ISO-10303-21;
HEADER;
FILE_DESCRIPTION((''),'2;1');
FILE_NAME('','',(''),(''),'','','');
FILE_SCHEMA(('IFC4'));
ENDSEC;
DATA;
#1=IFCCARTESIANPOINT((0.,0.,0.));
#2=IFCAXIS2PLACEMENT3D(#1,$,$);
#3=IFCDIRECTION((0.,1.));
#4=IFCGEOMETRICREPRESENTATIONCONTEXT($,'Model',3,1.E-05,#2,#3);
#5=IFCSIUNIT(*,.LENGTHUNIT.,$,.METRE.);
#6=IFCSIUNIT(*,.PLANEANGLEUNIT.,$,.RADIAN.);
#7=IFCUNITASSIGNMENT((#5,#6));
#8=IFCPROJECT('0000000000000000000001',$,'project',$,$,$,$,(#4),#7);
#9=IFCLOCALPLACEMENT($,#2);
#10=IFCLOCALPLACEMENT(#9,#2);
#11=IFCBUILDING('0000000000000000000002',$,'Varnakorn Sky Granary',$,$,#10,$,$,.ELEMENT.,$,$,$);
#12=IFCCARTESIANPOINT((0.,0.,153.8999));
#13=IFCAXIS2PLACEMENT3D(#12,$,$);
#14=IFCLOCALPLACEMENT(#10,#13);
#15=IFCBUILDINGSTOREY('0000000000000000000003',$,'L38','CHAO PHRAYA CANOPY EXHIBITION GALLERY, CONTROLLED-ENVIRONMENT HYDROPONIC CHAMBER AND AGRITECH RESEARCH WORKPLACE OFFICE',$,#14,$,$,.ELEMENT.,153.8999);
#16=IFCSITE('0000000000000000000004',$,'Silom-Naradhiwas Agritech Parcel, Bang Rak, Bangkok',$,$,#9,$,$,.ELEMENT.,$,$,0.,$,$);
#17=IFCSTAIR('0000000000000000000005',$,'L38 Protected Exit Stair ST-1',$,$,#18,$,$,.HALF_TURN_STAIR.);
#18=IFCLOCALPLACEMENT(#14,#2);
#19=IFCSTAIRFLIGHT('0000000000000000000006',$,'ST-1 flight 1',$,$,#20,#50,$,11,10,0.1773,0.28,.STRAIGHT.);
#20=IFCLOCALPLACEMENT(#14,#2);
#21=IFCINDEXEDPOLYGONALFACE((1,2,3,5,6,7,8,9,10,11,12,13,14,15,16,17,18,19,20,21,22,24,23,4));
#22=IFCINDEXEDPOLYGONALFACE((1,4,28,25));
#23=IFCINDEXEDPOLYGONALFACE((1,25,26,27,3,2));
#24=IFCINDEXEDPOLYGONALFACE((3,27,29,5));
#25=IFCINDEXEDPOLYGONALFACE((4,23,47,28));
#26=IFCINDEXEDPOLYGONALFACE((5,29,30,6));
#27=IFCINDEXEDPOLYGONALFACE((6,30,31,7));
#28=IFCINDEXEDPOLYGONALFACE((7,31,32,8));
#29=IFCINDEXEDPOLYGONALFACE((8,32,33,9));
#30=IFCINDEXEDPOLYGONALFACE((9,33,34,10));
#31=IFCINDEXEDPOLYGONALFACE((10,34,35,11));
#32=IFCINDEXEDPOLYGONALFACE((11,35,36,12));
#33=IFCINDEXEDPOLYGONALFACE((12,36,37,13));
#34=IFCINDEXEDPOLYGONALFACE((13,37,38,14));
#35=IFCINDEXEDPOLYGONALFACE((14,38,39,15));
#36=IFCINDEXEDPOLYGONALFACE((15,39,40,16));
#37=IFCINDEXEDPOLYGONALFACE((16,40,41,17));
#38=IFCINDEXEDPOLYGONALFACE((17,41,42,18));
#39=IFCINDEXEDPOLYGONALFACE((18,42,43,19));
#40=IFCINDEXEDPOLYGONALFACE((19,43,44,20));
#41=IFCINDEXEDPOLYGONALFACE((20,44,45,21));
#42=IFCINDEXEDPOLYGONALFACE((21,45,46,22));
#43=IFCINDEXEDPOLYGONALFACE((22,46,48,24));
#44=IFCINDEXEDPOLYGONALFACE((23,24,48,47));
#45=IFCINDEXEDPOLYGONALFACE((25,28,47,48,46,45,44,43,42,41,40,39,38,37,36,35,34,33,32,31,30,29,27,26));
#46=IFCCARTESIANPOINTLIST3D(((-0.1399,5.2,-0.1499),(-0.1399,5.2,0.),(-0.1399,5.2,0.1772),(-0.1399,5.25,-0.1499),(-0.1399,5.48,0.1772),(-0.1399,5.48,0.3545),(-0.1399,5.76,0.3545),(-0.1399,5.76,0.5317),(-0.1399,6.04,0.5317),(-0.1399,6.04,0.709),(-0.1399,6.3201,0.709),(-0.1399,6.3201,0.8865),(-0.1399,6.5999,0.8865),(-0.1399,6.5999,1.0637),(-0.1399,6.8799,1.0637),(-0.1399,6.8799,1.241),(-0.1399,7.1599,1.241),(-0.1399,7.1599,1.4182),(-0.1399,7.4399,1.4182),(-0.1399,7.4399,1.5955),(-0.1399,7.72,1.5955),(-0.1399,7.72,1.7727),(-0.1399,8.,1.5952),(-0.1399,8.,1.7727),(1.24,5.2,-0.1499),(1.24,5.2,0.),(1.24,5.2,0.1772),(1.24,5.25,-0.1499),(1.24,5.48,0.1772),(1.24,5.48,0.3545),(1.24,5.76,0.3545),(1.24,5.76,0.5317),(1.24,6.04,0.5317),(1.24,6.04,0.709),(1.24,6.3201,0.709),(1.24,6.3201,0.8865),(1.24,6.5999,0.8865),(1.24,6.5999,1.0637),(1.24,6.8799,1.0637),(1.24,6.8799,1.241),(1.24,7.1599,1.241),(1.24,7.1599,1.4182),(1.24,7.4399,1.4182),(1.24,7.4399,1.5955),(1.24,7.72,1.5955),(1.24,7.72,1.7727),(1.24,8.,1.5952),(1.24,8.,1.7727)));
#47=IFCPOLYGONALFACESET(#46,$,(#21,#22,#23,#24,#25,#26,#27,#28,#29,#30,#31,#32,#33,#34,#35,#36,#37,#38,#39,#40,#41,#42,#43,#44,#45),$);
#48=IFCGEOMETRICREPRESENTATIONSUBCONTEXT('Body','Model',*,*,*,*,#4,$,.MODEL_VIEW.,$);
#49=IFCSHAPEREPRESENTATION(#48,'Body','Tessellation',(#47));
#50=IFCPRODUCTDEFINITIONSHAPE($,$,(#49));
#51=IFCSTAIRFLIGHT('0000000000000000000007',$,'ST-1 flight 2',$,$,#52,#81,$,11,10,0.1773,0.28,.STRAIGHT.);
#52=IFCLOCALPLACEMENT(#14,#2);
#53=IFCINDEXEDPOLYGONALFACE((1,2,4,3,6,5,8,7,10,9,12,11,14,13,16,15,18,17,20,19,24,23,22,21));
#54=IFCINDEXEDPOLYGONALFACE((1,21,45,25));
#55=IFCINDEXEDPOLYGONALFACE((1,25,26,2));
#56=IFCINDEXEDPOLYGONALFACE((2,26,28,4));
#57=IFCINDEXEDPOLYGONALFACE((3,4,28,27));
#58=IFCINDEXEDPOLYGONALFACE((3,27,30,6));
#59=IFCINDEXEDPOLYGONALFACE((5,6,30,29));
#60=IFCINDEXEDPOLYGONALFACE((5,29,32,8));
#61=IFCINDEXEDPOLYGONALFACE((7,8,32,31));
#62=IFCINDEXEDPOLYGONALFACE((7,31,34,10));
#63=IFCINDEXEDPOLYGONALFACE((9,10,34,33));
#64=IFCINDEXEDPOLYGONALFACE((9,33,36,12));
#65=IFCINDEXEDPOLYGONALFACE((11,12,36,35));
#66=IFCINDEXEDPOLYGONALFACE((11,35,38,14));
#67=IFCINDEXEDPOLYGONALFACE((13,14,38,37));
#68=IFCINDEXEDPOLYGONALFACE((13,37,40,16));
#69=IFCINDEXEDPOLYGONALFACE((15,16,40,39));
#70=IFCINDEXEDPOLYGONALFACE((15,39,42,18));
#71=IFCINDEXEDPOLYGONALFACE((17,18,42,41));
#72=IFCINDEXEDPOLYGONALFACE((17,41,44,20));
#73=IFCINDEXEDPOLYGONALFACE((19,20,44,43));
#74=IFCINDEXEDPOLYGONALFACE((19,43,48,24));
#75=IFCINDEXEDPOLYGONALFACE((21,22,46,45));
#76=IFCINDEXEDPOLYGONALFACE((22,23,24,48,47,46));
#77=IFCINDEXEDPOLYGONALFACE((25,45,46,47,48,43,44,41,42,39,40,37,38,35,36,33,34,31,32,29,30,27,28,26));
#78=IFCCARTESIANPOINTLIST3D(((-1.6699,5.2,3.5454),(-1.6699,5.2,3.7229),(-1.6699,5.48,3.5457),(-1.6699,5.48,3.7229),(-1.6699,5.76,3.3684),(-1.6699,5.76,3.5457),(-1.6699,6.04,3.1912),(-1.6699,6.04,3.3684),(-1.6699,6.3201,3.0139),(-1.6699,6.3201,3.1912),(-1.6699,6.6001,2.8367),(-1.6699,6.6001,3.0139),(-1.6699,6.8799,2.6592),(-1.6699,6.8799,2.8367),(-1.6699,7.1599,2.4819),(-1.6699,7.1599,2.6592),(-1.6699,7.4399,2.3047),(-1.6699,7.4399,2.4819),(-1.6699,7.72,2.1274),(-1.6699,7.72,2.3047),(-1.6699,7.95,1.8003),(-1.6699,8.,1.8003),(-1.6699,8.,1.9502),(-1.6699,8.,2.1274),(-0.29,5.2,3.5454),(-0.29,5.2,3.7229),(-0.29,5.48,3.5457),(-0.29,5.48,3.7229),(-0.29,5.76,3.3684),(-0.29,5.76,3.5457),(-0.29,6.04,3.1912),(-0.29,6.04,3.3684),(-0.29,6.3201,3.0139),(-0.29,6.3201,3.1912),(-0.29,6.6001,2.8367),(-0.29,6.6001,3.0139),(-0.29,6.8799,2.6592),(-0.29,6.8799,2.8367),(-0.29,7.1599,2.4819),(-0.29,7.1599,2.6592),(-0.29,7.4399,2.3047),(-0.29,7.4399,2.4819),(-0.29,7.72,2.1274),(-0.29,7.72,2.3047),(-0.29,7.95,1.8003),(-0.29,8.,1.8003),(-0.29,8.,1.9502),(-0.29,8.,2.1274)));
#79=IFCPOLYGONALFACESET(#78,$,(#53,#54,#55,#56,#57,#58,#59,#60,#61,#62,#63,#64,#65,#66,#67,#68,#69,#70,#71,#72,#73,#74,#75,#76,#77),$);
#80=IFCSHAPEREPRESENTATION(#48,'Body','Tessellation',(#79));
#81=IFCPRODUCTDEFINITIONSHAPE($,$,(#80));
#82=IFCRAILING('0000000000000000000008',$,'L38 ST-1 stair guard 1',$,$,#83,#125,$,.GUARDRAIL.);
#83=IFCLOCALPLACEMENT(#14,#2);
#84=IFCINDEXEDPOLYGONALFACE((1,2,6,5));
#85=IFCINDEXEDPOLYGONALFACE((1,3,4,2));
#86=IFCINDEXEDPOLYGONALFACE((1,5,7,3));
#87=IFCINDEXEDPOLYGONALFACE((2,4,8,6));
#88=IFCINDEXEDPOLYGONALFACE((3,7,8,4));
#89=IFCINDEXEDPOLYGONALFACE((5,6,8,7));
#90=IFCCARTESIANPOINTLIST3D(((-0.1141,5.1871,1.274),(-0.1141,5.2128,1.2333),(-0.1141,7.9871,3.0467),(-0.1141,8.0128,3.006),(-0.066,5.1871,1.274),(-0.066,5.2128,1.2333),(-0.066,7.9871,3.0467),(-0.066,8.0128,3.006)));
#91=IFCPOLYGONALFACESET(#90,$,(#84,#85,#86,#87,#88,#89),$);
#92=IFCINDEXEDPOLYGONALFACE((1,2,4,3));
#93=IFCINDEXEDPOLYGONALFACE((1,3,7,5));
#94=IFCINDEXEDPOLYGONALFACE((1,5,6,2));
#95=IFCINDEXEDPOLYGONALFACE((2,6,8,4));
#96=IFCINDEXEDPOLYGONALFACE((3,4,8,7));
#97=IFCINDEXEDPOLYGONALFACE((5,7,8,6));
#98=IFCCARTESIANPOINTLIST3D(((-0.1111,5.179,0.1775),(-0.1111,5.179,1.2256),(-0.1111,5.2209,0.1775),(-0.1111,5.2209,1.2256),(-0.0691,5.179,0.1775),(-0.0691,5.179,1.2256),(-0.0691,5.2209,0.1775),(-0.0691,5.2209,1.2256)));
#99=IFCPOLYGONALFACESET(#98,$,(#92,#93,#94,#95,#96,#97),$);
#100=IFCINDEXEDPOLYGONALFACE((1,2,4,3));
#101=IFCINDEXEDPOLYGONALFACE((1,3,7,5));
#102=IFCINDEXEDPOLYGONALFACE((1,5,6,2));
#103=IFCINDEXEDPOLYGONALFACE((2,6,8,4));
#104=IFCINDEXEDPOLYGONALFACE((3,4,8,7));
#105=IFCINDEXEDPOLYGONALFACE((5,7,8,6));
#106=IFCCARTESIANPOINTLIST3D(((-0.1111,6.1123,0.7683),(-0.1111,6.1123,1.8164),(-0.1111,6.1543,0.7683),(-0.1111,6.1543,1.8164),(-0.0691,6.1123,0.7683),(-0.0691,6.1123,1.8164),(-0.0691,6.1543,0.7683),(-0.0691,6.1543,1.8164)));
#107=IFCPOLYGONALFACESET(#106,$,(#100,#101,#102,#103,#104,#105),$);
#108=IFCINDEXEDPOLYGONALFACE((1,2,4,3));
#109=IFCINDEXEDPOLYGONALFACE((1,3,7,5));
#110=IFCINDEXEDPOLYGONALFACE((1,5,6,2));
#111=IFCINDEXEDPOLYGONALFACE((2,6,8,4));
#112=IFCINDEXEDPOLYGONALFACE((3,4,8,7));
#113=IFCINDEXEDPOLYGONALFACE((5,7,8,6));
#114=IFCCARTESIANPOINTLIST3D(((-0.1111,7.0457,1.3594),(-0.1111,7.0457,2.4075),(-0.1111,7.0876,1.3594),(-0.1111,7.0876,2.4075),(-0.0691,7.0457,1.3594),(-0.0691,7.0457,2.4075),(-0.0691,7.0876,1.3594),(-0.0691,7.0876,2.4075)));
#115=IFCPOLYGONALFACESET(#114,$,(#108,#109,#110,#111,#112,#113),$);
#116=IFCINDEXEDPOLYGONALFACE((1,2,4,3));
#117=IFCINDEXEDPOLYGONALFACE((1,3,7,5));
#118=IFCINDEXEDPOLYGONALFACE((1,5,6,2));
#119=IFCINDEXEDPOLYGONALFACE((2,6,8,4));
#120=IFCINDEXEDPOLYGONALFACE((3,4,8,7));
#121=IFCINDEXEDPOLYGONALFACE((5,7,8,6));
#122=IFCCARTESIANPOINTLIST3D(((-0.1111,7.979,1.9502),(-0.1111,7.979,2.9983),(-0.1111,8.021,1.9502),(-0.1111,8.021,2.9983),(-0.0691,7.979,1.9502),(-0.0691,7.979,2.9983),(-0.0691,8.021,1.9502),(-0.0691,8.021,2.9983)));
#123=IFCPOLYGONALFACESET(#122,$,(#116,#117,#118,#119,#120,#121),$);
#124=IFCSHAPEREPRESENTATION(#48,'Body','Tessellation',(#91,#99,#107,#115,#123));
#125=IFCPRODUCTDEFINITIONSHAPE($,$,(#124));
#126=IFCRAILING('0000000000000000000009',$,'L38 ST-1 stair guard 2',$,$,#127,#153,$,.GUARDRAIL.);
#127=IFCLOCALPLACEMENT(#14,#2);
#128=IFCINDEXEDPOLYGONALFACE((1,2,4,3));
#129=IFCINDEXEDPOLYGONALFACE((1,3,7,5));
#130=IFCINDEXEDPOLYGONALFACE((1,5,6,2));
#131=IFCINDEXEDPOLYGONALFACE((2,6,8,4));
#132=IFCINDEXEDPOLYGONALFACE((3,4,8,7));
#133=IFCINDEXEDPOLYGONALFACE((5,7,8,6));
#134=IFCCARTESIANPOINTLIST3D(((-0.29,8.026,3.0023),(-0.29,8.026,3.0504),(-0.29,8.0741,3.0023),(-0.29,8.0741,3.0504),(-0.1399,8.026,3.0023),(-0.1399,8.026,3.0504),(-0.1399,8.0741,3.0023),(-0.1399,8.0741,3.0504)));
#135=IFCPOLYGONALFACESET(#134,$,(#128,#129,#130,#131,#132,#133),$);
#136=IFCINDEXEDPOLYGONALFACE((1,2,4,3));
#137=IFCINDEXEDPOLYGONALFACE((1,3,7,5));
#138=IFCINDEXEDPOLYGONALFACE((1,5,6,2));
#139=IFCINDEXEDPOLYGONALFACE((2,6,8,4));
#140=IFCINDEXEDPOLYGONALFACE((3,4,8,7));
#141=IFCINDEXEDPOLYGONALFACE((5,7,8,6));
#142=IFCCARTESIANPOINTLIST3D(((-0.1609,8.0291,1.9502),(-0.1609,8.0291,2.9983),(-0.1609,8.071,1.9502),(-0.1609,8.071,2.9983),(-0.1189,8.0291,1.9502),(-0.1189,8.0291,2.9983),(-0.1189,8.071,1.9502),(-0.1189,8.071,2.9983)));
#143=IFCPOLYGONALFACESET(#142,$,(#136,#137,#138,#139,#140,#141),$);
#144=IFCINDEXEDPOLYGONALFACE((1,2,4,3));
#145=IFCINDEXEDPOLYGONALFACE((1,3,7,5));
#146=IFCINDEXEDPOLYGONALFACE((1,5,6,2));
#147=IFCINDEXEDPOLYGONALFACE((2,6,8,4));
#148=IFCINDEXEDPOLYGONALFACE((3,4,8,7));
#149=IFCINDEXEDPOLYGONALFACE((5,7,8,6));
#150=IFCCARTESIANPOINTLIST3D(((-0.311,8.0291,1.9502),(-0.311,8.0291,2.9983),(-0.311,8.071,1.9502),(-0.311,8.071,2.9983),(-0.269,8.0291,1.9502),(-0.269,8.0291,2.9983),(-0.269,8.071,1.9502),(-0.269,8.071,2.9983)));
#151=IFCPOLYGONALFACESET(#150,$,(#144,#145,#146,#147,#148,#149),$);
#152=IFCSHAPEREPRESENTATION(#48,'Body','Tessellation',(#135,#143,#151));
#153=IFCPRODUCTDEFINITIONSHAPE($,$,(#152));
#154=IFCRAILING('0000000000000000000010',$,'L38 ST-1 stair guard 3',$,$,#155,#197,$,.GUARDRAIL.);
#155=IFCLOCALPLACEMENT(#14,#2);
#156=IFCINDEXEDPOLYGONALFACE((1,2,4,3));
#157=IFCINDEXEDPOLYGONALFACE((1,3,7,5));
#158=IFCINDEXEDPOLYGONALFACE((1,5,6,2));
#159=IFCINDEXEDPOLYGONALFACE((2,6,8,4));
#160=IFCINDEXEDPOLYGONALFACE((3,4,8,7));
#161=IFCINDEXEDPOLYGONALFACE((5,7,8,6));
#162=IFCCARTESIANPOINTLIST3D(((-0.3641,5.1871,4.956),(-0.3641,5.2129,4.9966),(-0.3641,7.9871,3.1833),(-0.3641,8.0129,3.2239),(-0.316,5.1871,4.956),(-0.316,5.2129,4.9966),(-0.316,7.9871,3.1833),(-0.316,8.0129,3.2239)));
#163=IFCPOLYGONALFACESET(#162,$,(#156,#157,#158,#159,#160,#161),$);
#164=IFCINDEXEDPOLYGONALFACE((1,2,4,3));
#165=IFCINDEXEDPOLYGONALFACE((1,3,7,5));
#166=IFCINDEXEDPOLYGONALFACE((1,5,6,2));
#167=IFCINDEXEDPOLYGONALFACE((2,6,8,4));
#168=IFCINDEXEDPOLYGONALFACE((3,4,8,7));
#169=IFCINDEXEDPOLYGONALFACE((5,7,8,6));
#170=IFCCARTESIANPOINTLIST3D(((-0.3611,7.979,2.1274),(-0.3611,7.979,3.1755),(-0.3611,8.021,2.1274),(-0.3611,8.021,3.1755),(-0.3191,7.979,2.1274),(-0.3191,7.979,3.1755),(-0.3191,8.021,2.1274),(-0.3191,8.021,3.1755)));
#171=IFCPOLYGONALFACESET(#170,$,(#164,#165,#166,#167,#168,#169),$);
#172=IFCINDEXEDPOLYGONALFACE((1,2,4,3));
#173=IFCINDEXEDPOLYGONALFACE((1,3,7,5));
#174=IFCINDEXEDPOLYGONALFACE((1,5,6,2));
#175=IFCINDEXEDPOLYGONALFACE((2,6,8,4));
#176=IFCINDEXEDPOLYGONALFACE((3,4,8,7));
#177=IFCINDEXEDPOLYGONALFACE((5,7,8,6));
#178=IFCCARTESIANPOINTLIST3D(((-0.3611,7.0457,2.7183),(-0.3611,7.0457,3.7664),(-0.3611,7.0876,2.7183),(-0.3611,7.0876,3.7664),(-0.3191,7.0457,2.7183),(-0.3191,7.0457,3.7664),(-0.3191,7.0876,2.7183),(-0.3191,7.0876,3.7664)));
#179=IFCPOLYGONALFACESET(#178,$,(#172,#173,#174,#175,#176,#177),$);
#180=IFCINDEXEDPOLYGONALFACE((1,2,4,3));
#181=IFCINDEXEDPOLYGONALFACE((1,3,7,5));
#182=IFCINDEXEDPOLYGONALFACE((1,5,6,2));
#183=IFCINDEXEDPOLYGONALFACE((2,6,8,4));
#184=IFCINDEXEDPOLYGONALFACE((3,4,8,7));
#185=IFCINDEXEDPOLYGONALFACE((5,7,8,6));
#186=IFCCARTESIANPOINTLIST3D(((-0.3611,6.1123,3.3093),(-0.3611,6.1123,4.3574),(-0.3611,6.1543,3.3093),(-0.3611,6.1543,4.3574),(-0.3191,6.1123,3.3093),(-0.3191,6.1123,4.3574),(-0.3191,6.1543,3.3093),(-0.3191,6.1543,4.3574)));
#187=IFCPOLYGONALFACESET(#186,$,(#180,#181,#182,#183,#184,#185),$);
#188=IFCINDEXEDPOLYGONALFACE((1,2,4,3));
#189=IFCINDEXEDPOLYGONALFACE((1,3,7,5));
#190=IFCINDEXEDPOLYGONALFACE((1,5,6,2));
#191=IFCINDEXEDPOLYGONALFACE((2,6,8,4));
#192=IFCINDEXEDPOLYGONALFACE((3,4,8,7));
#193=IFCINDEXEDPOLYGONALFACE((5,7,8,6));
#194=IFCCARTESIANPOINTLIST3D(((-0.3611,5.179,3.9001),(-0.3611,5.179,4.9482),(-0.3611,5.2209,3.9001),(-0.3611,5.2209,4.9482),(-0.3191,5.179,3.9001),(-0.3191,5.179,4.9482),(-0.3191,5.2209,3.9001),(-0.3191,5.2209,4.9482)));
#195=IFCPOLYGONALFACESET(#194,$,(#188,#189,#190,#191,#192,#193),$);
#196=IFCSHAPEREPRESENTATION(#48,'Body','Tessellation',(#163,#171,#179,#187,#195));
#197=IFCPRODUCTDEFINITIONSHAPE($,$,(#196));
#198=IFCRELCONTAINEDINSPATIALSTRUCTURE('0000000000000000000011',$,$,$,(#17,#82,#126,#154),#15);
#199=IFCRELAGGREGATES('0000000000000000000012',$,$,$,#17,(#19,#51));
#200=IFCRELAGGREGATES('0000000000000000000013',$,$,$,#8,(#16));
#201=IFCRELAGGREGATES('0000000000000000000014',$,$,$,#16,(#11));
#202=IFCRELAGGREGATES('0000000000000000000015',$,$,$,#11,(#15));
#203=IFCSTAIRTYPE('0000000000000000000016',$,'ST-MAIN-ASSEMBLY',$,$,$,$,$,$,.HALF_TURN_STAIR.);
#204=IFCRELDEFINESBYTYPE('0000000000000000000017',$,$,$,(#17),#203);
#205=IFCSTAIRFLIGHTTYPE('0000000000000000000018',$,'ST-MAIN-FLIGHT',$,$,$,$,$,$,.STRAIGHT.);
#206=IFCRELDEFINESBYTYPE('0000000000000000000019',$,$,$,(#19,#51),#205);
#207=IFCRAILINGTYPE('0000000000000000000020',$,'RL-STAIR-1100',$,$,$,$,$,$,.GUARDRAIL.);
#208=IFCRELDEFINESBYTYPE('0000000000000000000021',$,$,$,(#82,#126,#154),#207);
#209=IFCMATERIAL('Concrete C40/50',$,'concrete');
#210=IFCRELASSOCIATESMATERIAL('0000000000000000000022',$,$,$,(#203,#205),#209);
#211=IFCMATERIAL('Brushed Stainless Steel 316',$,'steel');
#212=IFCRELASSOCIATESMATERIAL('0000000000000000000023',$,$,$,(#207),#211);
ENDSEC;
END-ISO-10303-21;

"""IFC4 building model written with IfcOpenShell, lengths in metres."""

from ifc_helpers import new_model, si_unit, direction, frame, origin, origin_2d, place, context, subcontext, project, spatial, polyline, rectangle, outline, extrude, material, type_object, element, aggregate, save


model = new_model("IFC4")

# Units and contexts
model_context = context("Model", 3, precision=1e-05, world=origin(), true_north=direction((0.0, 1.0)))
body_context = subcontext(model_context, "Body", "Model", "MODEL_VIEW")
ifc_project = project(units=[si_unit("LENGTHUNIT", "METRE"), si_unit("PLANEANGLEUNIT", "RADIAN")], contexts=[model_context])

# Site, building, storey
site_placement = place(None, origin())
site = spatial("IfcSite", under=ifc_project, at=site_placement, Name="Silom-Naradhiwas Agritech Parcel, Bang Rak, Bangkok", CompositionType="ELEMENT", RefElevation=0.0)
building_placement = place(site_placement, origin())
building = spatial("IfcBuilding", under=site, at=building_placement, Name="Varnakorn Sky Granary", CompositionType="ELEMENT")
storey_placement = place(building_placement, frame((0.0, 0.0, 153.8999)))
storey = spatial("IfcBuildingStorey", under=building, at=storey_placement, Name="L38", Description="CHAO PHRAYA CANOPY EXHIBITION GALLERY, CONTROLLED-ENVIRONMENT HYDROPONIC CHAMBER AND AGRITECH RESEARCH WORKPLACE OFFICE", CompositionType="ELEMENT", Elevation=153.8999)

# Stair, stair flights
ifc_material_1 = material(Name="Concrete C40/50", Category="concrete")
stair_type = type_object("IfcStairType", Name="ST-MAIN-ASSEMBLY", PredefinedType="HALF_TURN_STAIR", material=ifc_material_1)
stair_placement = place(storey_placement, origin())
stair = element("IfcStair", 1, at=stair_placement, inside=storey, type_object=stair_type, Name="L38 Protected Exit Stair ST-1", PredefinedType="HALF_TURN_STAIR")
stair_flight_type = type_object("IfcStairFlightType", Name="ST-MAIN-FLIGHT", PredefinedType="STRAIGHT", material=ifc_material_1)
stair_flight_1_placement = place(storey_placement, frame((0.55, 5.2, 0.0), z_axis=(0.0, 0.0, 1.0), x_axis=(0.0, 1.0, 0.0)))
stair_flight_1 = element("IfcStairFlight", 2, at=stair_flight_1_placement, type_object=stair_flight_type, Name="ST-1 flight 1", NumberOfRisers=11, NumberOfTreads=10, PredefinedType="STRAIGHT", RiserHeight=0.1773, TreadLength=0.28, context=body_context, shape_type="SweptSolid", body=[
    extrude(outline(polyline([(0.0, -0.1499), (0.0, 0.0), (0.0, 0.1772), (0.28, 0.1772), (0.28, 0.3545), (0.5601, 0.3545), (0.5601, 0.5317), (0.8401, 0.5317), (0.8401, 0.709), (1.1201, 0.709), (1.1201, 0.8865), (1.3999, 0.8865), (1.3999, 1.0637), (1.6799, 1.0637), (1.6799, 1.241), (1.96, 1.241), (1.96, 1.4182), (2.24, 1.4182), (2.24, 1.5955), (2.52, 1.5955), (2.52, 1.7727), (2.8, 1.7727), (2.8, 1.95), (2.8, 1.5952), (0.05, -0.1499), (0.0, -0.1499)])), frame((0.0, 0.6899, 0.0), z_axis=(0.0, -1.0, 0.0), x_axis=(1.0, 0.0, 0.0)), (0.0, 0.0, 1.0), 1.3799),
])
stair_flight_2_placement = place(storey_placement, frame((-0.98, 8.0, 1.9502), z_axis=(0.0, 0.0, 1.0), x_axis=(0.0, -1.0, 0.0)))
stair_flight_2 = element("IfcStairFlight", 3, at=stair_flight_2_placement, type_object=stair_flight_type, Name="ST-1 flight 2", NumberOfRisers=11, NumberOfTreads=10, PredefinedType="STRAIGHT", RiserHeight=0.1773, TreadLength=0.28, context=body_context, shape_type="SweptSolid", body=[
    extrude(outline(polyline([(0.0, -0.1499), (0.0, 0.0), (0.0, 0.1772), (0.28, 0.1772), (0.28, 0.3545), (0.5601, 0.3545), (0.5601, 0.5317), (0.8401, 0.5317), (0.8401, 0.709), (1.1201, 0.709), (1.1201, 0.8865), (1.3999, 0.8865), (1.3999, 1.0637), (1.6799, 1.0637), (1.6799, 1.241), (1.96, 1.241), (1.96, 1.4182), (2.24, 1.4182), (2.24, 1.5955), (2.52, 1.5955), (2.52, 1.7727), (2.8, 1.7727), (2.8, 1.95), (2.8, 1.5952), (0.05, -0.1499), (0.0, -0.1499)])), frame((0.0, 0.6899, 0.0), z_axis=(0.0, -1.0, 0.0), x_axis=(1.0, 0.0, 0.0)), (0.0, 0.0, 1.0), 1.3799),
])
aggregate(stair, [stair_flight_1, stair_flight_2])

# Railings
ifc_material_2 = material(Name="Brushed Stainless Steel 316", Category="steel")
railing_type_1 = type_object("IfcRailingType", Name="RL-STAIR-1100", PredefinedType="GUARDRAIL", material=ifc_material_2)
railing_1_placement = place(storey_placement, frame((-0.0901, 5.2, 0.1775)))
element("IfcRailing", 4, at=railing_1_placement, inside=storey, type_object=railing_type_1, Name="L38 ST-1 stair guard 1", PredefinedType="GUARDRAIL", context=body_context, shape_type="SweptSolid", body=[
    extrude(rectangle(XDim=0.0481, YDim=0.0481, at=origin_2d()), frame((0.0, 0.0, 1.0762), z_axis=(0.0, 0.844909, 0.53491), x_axis=(-1.0, 0.0, 0.0)), (0.0, 0.0, 1.0), 3.314),
    extrude(rectangle(XDim=0.042, YDim=0.042, at=origin_2d()), origin(), (0.0, 0.0, 1.0), 1.0481),
    extrude(rectangle(XDim=0.042, YDim=0.042, at=origin_2d()), frame((0.0, 0.9333, 0.5908)), (0.0, 0.0, 1.0), 1.0481),
    extrude(rectangle(XDim=0.042, YDim=0.042, at=origin_2d()), frame((0.0, 1.8667, 1.1819)), (0.0, 0.0, 1.0), 1.0481),
    extrude(rectangle(XDim=0.042, YDim=0.042, at=origin_2d()), frame((0.0, 2.8, 1.7727)), (0.0, 0.0, 1.0), 1.0481),
])
railing_2_placement = place(storey_placement, frame((-0.1399, 8.05, 1.9502)))
element("IfcRailing", 5, at=railing_2_placement, inside=storey, type_object=railing_type_1, Name="L38 ST-1 stair guard 2", PredefinedType="GUARDRAIL", context=body_context, shape_type="SweptSolid", body=[
    extrude(rectangle(XDim=0.0481, YDim=0.0481, at=origin_2d()), frame((0.0, 0.0, 1.0762), z_axis=(-1.0, 0.0, 0.0), x_axis=(0.0, -1.0, 0.0)), (0.0, 0.0, 1.0), 0.1501),
    extrude(rectangle(XDim=0.042, YDim=0.042, at=origin_2d()), origin(), (0.0, 0.0, 1.0), 1.0481),
    extrude(rectangle(XDim=0.042, YDim=0.042, at=origin_2d()), frame((-0.1501, 0.0, 0.0)), (0.0, 0.0, 1.0), 1.0481),
])
railing_3_placement = place(storey_placement, frame((-0.3401, 8.0, 2.1274)))
element("IfcRailing", 6, at=railing_3_placement, inside=storey, type_object=railing_type_1, Name="L38 ST-1 stair guard 3", PredefinedType="GUARDRAIL", context=body_context, shape_type="SweptSolid", body=[
    extrude(rectangle(XDim=0.0481, YDim=0.0481, at=origin_2d()), frame((0.0, 0.0, 1.0762), z_axis=(0.0, -0.844909, 0.53491), x_axis=(1.0, 0.0, 0.0)), (0.0, 0.0, 1.0), 3.314),
    extrude(rectangle(XDim=0.042, YDim=0.042, at=origin_2d()), origin(), (0.0, 0.0, 1.0), 1.0481),
    extrude(rectangle(XDim=0.042, YDim=0.042, at=origin_2d()), frame((0.0, -0.9333, 0.5908)), (0.0, 0.0, 1.0), 1.0481),
    extrude(rectangle(XDim=0.042, YDim=0.042, at=origin_2d()), frame((0.0, -1.8667, 1.1819)), (0.0, 0.0, 1.0), 1.0481),
    extrude(rectangle(XDim=0.042, YDim=0.042, at=origin_2d()), frame((0.0, -2.8, 1.7727)), (0.0, 0.0, 1.0), 1.0481),
])

save(model, "model.ifc")
